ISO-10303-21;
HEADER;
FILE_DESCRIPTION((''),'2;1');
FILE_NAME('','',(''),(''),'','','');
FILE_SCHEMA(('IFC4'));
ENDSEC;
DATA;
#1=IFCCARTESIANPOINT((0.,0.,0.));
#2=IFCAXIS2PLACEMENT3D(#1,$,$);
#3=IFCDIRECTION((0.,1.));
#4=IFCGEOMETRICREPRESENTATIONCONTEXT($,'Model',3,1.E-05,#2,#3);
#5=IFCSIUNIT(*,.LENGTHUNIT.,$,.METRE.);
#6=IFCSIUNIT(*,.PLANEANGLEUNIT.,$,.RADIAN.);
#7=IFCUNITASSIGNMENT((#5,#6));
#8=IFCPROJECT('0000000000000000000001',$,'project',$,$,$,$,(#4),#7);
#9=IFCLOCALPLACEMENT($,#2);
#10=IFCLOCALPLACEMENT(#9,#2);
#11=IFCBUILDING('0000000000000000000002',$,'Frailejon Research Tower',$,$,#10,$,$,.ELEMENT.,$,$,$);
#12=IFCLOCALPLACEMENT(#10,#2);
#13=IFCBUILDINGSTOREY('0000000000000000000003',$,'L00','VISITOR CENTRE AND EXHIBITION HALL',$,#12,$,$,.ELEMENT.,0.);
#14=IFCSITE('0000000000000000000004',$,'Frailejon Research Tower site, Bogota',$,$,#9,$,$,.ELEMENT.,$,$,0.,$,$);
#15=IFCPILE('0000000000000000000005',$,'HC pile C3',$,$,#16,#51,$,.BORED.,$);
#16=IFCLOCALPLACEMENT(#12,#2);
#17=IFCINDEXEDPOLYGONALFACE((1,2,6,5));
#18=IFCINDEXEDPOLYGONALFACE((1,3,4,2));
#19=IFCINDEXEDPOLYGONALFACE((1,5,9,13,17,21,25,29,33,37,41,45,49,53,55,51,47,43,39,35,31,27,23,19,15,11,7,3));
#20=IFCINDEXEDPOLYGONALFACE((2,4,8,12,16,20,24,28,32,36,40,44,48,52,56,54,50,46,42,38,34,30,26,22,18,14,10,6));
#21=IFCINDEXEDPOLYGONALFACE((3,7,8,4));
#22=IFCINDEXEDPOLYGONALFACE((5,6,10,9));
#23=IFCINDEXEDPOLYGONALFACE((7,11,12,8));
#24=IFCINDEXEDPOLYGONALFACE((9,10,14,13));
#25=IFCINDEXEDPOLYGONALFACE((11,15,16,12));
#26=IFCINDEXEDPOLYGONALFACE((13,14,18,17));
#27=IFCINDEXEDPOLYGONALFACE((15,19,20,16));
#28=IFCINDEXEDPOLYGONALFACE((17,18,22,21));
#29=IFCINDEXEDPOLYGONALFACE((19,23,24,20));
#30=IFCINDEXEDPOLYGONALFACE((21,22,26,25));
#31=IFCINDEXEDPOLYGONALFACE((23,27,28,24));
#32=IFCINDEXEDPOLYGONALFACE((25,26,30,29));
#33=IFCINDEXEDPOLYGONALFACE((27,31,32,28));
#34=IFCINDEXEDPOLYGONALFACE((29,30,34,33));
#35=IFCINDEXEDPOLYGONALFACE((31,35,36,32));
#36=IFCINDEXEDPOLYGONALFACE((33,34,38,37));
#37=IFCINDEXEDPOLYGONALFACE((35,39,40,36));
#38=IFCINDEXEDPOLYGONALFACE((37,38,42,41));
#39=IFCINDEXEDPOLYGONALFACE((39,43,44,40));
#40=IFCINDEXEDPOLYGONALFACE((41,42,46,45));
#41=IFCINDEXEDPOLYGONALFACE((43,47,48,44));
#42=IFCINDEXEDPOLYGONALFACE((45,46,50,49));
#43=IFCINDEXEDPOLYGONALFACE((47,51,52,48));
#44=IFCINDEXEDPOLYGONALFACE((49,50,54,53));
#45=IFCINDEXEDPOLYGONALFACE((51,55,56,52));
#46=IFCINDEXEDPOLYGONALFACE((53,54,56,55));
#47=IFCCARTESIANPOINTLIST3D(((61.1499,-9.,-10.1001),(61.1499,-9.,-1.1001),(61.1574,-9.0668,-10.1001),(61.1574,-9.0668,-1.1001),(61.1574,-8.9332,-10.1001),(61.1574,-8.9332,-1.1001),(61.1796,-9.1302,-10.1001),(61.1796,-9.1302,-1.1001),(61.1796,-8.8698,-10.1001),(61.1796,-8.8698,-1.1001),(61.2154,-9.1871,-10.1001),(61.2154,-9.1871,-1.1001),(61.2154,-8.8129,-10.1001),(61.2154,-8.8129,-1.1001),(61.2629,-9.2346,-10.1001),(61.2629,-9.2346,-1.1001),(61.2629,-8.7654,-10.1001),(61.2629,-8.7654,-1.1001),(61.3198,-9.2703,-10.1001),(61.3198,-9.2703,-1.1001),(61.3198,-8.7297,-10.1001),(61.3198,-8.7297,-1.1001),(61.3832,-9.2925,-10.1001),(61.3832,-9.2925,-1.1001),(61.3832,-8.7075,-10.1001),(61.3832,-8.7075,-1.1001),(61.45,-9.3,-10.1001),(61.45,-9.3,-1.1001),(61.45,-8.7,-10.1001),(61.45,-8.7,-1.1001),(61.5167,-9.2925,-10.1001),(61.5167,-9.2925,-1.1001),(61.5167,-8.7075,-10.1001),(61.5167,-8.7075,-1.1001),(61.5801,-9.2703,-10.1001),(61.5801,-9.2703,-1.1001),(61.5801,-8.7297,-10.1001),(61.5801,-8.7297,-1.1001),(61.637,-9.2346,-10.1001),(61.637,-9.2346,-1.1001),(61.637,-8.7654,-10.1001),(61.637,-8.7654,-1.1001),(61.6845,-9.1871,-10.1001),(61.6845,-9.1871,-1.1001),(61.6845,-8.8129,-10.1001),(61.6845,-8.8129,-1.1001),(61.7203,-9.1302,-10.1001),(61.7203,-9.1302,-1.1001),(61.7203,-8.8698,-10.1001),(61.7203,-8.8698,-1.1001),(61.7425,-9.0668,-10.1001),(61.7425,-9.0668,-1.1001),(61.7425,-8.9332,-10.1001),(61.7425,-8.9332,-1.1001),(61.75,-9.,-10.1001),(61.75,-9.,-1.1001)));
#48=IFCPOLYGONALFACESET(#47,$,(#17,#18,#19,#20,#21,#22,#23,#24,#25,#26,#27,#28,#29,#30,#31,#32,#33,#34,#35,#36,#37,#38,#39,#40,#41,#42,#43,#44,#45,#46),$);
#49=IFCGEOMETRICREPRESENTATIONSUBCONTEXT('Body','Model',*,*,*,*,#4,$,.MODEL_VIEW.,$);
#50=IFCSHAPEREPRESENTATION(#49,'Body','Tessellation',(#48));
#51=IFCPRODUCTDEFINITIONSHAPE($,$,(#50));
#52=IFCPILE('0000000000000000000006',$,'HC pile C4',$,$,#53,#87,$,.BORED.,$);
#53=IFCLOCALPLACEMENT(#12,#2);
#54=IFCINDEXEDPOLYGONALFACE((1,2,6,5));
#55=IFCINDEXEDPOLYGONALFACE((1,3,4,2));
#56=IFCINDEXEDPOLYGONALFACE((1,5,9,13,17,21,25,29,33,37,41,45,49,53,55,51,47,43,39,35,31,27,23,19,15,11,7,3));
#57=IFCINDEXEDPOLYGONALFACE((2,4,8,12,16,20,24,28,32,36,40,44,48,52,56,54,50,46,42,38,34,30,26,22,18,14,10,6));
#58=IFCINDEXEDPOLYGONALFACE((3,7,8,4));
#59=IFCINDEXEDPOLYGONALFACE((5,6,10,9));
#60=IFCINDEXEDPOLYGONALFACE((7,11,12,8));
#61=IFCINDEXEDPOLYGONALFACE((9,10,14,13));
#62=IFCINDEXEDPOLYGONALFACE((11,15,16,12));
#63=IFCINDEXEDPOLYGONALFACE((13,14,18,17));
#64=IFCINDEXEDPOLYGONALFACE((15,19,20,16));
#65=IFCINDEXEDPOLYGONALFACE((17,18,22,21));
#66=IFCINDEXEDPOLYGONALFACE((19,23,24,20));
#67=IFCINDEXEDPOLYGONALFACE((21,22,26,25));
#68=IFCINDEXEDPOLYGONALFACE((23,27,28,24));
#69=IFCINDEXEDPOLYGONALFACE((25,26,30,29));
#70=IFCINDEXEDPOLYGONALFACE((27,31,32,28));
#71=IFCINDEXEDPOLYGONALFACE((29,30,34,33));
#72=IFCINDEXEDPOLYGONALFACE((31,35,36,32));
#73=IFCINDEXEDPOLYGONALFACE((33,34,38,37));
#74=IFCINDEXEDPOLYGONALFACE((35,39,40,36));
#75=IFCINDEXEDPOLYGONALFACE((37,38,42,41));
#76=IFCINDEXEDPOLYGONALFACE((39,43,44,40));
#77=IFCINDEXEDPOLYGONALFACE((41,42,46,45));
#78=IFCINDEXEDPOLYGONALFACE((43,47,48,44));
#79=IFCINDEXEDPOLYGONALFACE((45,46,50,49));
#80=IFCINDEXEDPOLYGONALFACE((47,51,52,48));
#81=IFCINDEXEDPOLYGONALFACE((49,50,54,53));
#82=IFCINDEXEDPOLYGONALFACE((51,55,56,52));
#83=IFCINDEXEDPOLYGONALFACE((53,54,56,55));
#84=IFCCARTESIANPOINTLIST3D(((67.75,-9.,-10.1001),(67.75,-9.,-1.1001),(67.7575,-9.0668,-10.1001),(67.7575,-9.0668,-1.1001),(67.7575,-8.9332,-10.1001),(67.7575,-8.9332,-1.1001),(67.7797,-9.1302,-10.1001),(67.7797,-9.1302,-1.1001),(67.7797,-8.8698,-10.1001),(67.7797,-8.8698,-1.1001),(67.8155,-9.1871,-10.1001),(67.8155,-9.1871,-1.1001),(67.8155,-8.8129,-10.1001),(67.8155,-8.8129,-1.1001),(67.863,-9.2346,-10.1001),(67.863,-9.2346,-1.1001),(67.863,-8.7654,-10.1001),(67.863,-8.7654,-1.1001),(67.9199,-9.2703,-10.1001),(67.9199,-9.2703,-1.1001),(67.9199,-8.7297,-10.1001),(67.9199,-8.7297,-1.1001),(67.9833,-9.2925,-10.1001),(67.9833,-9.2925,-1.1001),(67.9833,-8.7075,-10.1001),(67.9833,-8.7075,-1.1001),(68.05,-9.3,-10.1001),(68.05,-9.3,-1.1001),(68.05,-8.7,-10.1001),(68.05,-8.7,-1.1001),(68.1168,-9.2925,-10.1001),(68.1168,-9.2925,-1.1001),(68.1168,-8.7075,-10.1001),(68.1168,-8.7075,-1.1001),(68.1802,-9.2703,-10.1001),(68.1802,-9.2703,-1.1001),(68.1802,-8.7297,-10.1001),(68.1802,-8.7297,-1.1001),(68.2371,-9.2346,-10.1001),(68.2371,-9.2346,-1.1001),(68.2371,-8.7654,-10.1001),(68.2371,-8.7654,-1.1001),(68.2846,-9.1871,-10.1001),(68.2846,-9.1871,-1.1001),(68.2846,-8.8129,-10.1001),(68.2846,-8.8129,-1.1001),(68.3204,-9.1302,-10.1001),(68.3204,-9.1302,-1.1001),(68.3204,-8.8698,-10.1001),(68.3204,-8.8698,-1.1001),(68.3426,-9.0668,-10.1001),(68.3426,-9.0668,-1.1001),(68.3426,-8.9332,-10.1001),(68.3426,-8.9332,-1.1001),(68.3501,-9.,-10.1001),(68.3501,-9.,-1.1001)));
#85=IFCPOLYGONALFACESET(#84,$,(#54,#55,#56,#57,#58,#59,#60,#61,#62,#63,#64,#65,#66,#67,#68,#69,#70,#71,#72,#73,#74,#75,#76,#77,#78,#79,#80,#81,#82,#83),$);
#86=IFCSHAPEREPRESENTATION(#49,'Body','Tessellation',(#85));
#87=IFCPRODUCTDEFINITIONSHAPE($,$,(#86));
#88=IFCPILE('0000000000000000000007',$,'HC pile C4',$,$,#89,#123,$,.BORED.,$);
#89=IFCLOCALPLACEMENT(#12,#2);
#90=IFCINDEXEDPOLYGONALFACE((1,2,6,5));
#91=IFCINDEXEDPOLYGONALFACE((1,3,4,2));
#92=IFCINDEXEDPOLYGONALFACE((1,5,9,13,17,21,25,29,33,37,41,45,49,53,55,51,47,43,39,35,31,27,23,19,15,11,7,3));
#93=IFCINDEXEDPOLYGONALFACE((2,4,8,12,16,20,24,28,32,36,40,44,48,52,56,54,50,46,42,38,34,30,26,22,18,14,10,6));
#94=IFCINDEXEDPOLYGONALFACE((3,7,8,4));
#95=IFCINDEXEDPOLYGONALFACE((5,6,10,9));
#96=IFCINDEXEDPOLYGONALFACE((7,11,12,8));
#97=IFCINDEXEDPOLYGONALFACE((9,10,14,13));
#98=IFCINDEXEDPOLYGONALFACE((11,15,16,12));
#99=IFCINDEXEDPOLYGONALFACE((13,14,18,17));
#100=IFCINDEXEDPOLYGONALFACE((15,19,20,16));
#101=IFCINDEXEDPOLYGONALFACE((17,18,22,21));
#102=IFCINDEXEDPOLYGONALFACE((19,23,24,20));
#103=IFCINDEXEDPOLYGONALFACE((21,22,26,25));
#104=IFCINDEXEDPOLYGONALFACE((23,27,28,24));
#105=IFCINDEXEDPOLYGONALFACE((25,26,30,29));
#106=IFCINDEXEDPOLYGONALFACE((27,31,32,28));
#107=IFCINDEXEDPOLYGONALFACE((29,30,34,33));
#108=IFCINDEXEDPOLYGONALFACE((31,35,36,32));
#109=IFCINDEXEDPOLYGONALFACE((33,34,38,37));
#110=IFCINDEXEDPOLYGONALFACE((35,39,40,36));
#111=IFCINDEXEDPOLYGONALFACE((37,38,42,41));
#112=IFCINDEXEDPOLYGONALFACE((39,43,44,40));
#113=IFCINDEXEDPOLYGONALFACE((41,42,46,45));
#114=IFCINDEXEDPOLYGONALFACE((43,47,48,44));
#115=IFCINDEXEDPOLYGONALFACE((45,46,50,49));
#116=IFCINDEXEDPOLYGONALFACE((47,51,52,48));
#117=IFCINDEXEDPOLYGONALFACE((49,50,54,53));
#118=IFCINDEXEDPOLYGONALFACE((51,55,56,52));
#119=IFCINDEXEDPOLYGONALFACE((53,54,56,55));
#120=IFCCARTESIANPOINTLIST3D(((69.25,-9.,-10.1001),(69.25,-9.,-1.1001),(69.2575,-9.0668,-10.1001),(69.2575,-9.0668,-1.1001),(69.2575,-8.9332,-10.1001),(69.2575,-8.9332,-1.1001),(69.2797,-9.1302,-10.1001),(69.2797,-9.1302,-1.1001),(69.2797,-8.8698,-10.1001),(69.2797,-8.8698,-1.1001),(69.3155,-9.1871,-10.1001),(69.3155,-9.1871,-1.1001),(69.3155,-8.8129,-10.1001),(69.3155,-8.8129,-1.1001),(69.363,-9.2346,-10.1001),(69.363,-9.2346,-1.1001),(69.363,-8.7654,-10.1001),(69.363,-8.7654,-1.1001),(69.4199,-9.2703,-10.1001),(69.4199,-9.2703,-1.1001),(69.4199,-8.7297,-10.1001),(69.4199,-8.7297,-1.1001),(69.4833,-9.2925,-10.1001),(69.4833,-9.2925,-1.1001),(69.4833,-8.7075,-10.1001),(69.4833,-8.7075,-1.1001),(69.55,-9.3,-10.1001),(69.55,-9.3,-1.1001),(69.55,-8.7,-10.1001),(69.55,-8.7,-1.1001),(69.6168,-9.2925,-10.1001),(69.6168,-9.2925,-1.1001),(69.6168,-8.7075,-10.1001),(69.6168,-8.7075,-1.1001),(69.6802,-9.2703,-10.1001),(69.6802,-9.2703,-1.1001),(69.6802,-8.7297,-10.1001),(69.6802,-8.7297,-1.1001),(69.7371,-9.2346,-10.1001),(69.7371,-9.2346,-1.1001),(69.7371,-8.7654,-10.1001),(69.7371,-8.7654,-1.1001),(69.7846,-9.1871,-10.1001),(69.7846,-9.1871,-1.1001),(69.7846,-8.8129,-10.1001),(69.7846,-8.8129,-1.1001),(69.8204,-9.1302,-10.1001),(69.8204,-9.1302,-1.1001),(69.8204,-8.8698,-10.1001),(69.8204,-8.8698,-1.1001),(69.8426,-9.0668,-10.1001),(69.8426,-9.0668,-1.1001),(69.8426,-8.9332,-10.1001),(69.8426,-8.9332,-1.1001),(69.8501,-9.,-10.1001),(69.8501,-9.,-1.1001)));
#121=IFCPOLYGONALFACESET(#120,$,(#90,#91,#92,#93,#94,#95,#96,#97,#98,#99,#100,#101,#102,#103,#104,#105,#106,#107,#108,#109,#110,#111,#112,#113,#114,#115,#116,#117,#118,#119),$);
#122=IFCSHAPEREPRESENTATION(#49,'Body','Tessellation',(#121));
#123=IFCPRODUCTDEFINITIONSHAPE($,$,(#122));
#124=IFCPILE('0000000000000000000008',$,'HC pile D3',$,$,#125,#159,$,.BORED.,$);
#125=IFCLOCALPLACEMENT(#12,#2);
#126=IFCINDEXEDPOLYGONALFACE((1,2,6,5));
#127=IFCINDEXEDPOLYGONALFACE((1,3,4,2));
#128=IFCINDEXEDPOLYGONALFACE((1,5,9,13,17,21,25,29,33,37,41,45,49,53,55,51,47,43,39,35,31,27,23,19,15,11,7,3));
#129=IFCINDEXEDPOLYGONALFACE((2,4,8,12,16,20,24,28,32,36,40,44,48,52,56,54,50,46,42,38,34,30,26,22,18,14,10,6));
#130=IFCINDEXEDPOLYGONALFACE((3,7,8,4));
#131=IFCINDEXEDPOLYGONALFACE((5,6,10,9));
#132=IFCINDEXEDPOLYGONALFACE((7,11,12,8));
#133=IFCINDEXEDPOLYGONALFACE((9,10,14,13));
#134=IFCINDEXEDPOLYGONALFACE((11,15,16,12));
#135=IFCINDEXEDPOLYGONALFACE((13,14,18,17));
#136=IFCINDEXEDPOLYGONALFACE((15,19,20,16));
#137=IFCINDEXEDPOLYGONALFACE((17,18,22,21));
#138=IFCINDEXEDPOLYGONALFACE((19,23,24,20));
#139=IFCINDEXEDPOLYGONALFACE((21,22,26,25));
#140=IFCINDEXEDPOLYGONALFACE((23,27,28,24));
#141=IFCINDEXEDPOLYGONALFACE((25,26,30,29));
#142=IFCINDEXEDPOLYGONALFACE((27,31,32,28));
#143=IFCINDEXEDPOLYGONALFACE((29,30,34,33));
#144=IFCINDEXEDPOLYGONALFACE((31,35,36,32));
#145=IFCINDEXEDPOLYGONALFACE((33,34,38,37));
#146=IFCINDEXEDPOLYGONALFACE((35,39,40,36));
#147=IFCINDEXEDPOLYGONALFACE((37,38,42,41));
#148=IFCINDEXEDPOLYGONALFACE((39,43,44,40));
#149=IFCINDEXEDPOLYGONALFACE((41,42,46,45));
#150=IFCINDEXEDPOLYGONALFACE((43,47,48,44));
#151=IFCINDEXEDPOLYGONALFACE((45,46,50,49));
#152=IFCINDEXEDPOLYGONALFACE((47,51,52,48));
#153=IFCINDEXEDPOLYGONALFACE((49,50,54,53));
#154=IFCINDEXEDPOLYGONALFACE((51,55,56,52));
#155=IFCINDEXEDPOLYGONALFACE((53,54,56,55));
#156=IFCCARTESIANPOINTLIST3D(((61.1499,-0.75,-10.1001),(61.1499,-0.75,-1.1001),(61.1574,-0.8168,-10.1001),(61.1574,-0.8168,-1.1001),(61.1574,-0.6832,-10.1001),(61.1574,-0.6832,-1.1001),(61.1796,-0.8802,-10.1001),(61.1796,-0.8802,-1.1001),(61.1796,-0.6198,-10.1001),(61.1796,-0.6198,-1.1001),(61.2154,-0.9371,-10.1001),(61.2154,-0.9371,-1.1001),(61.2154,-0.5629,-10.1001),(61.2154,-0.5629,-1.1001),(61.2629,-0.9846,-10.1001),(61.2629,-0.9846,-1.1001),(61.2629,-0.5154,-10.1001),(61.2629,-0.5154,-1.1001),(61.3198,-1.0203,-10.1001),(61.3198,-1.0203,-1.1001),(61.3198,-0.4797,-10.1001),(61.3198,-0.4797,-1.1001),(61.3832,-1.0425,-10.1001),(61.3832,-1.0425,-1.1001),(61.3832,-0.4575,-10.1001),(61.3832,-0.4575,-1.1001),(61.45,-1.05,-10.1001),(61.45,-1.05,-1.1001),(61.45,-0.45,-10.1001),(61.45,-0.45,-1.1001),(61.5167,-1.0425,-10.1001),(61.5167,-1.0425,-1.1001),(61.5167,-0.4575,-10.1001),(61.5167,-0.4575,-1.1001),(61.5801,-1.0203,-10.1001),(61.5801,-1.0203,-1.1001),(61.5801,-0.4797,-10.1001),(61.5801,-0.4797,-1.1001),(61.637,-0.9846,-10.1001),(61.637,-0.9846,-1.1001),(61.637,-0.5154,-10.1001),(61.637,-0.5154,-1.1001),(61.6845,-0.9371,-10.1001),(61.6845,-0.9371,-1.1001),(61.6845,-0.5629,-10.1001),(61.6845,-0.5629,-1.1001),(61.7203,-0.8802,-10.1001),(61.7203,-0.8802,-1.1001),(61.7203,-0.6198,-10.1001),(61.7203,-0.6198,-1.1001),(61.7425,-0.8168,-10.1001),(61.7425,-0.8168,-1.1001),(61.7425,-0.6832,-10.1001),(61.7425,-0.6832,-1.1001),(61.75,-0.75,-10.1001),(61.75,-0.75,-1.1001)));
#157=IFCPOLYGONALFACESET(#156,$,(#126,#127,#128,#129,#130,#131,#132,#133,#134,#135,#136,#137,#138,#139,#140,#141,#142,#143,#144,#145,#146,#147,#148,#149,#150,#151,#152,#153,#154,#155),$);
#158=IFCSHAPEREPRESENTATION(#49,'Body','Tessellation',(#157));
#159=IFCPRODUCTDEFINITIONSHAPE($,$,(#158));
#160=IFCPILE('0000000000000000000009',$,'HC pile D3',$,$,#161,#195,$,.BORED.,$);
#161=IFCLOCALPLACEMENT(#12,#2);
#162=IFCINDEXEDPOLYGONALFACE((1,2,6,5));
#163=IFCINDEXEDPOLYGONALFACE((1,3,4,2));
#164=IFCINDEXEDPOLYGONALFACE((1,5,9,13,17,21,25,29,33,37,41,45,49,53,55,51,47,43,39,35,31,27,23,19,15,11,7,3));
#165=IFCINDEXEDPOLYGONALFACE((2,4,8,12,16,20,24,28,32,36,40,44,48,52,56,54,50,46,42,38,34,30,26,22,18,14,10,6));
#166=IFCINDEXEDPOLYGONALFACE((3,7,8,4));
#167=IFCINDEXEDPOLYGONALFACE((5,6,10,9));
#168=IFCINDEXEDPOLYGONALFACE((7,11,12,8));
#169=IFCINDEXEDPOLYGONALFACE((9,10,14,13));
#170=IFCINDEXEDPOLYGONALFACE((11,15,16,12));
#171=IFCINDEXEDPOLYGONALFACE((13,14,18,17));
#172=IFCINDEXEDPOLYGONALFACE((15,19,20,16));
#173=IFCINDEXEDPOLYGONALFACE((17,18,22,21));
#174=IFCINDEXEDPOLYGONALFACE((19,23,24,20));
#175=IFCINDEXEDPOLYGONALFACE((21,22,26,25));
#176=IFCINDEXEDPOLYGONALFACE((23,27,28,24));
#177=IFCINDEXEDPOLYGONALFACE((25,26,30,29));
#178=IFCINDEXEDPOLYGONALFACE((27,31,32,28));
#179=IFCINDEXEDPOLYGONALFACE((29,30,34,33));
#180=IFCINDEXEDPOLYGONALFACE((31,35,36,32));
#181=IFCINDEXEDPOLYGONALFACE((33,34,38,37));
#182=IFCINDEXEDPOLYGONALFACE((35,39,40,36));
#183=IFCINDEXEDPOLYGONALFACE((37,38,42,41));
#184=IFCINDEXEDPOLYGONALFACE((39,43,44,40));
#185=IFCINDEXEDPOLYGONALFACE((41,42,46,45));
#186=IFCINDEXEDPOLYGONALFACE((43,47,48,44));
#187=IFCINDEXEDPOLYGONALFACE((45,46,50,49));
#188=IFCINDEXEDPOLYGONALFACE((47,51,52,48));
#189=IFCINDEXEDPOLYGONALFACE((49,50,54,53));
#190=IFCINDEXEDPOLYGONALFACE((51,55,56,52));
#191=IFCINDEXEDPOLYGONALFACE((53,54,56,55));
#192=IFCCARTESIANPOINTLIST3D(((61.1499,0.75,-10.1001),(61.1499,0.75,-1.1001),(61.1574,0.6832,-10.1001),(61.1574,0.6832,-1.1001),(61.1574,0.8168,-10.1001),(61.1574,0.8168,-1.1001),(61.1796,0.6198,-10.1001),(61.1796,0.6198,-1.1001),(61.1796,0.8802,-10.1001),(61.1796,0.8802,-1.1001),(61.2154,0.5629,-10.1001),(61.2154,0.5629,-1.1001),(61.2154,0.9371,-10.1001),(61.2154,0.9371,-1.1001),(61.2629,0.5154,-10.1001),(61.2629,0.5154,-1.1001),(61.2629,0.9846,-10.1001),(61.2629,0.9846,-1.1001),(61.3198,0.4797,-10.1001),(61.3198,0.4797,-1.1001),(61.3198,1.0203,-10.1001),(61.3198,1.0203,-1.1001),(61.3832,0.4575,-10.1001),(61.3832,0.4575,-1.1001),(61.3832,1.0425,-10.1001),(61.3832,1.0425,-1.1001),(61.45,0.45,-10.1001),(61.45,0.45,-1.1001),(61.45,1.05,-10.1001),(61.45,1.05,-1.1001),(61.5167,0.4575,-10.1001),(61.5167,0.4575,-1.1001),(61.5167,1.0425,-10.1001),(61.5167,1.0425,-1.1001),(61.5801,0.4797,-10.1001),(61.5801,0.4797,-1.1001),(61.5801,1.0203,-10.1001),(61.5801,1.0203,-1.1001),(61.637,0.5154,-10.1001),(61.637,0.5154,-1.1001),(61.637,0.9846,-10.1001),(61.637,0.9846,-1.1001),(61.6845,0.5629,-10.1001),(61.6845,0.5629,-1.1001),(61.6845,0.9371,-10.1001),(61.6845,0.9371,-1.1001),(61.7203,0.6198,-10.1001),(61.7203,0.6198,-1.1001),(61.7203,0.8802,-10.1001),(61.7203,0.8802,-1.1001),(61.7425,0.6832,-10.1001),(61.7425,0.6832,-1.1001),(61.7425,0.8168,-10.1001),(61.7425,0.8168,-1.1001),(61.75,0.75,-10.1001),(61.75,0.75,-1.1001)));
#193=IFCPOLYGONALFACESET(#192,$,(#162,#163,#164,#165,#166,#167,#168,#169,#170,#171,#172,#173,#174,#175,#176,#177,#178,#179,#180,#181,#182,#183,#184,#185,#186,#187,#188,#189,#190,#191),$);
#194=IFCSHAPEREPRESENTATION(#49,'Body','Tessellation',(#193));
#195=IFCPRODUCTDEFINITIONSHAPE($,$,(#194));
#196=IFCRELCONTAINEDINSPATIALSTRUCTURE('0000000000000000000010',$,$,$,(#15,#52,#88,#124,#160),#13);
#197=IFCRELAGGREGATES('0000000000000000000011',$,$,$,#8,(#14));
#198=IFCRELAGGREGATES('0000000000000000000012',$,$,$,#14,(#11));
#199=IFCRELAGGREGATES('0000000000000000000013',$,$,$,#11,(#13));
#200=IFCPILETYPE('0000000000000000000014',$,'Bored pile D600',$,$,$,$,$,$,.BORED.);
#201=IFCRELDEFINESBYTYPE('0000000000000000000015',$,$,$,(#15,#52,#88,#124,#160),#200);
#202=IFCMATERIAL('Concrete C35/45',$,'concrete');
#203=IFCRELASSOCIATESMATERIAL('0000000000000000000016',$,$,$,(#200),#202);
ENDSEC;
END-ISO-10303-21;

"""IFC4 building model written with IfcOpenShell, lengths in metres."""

from ifc_helpers import new_model, si_unit, direction, frame, origin, origin_2d, place, context, subcontext, project, spatial, circle, extrude, material, material_profile, profile_set, type_object, element, save


model = new_model("IFC4")

# Units and contexts
model_context = context("Model", 3, precision=1e-05, world=origin(), true_north=direction((0.0, 1.0)))
body_context = subcontext(model_context, "Body", "Model", "MODEL_VIEW")
ifc_project = project(units=[si_unit("LENGTHUNIT", "METRE"), si_unit("PLANEANGLEUNIT", "RADIAN")], contexts=[model_context])

# Site, building, storey
site_placement = place(None, origin())
site = spatial("IfcSite", under=ifc_project, at=site_placement, Name="Frailejon Research Tower site, Bogota", CompositionType="ELEMENT", RefElevation=0.0)
building_placement = place(site_placement, origin())
building = spatial("IfcBuilding", under=site, at=building_placement, Name="Frailejon Research Tower", CompositionType="ELEMENT")
storey_placement = place(building_placement, origin())
storey = spatial("IfcBuildingStorey", under=building, at=storey_placement, Name="L00", Description="VISITOR CENTRE AND EXHIBITION HALL", CompositionType="ELEMENT", Elevation=0.0)

# Piles
ifc_material_1 = material(Name="Concrete C35/45", Category="concrete")
ifc_material_profile_1 = material_profile(ifc_material_1, circle(Radius=0.3, at=origin_2d()), Name="Bored pile D600")
ifc_profile_set_1 = profile_set([ifc_material_profile_1], Name="Concrete C35/45")
pile_type = type_object("IfcPileType", Name="Bored pile D600", PredefinedType="BORED", material=ifc_profile_set_1)
for number, where, z_axis, x_axis, name in (
    (1, (61.45, -9.0, -1.1001), (0.0, 0.0, -1.0), (1.0, 0.0, 0.0), "HC pile C3"),
    (2, (68.05, -9.0, -1.1001), (0.0, 0.0, -1.0), (1.0, 0.0, 0.0), "HC pile C4"),
    (3, (69.55, -9.0, -1.1001), (0.0, 0.0, -1.0), (1.0, 0.0, 0.0), "HC pile C4"),
    (4, (61.45, -0.75, -1.1001), (0.0, 0.0, -1.0), (1.0, 0.0, 0.0), "HC pile D3"),
    (5, (61.45, 0.75, -1.1001), (0.0, 0.0, -1.0), (1.0, 0.0, 0.0), "HC pile D3"),
):
    element("IfcPile", number, at=place(storey_placement, frame(where, z_axis=z_axis, x_axis=x_axis)), inside=storey, type_object=pile_type, Name=name, PredefinedType="BORED", context=body_context, shape_type="SweptSolid", body=[
        extrude(circle(Radius=0.3, at=origin_2d()), origin(), (0.0, 0.0, 1.0), 9.0),
    ])

save(model, "model.ifc")
